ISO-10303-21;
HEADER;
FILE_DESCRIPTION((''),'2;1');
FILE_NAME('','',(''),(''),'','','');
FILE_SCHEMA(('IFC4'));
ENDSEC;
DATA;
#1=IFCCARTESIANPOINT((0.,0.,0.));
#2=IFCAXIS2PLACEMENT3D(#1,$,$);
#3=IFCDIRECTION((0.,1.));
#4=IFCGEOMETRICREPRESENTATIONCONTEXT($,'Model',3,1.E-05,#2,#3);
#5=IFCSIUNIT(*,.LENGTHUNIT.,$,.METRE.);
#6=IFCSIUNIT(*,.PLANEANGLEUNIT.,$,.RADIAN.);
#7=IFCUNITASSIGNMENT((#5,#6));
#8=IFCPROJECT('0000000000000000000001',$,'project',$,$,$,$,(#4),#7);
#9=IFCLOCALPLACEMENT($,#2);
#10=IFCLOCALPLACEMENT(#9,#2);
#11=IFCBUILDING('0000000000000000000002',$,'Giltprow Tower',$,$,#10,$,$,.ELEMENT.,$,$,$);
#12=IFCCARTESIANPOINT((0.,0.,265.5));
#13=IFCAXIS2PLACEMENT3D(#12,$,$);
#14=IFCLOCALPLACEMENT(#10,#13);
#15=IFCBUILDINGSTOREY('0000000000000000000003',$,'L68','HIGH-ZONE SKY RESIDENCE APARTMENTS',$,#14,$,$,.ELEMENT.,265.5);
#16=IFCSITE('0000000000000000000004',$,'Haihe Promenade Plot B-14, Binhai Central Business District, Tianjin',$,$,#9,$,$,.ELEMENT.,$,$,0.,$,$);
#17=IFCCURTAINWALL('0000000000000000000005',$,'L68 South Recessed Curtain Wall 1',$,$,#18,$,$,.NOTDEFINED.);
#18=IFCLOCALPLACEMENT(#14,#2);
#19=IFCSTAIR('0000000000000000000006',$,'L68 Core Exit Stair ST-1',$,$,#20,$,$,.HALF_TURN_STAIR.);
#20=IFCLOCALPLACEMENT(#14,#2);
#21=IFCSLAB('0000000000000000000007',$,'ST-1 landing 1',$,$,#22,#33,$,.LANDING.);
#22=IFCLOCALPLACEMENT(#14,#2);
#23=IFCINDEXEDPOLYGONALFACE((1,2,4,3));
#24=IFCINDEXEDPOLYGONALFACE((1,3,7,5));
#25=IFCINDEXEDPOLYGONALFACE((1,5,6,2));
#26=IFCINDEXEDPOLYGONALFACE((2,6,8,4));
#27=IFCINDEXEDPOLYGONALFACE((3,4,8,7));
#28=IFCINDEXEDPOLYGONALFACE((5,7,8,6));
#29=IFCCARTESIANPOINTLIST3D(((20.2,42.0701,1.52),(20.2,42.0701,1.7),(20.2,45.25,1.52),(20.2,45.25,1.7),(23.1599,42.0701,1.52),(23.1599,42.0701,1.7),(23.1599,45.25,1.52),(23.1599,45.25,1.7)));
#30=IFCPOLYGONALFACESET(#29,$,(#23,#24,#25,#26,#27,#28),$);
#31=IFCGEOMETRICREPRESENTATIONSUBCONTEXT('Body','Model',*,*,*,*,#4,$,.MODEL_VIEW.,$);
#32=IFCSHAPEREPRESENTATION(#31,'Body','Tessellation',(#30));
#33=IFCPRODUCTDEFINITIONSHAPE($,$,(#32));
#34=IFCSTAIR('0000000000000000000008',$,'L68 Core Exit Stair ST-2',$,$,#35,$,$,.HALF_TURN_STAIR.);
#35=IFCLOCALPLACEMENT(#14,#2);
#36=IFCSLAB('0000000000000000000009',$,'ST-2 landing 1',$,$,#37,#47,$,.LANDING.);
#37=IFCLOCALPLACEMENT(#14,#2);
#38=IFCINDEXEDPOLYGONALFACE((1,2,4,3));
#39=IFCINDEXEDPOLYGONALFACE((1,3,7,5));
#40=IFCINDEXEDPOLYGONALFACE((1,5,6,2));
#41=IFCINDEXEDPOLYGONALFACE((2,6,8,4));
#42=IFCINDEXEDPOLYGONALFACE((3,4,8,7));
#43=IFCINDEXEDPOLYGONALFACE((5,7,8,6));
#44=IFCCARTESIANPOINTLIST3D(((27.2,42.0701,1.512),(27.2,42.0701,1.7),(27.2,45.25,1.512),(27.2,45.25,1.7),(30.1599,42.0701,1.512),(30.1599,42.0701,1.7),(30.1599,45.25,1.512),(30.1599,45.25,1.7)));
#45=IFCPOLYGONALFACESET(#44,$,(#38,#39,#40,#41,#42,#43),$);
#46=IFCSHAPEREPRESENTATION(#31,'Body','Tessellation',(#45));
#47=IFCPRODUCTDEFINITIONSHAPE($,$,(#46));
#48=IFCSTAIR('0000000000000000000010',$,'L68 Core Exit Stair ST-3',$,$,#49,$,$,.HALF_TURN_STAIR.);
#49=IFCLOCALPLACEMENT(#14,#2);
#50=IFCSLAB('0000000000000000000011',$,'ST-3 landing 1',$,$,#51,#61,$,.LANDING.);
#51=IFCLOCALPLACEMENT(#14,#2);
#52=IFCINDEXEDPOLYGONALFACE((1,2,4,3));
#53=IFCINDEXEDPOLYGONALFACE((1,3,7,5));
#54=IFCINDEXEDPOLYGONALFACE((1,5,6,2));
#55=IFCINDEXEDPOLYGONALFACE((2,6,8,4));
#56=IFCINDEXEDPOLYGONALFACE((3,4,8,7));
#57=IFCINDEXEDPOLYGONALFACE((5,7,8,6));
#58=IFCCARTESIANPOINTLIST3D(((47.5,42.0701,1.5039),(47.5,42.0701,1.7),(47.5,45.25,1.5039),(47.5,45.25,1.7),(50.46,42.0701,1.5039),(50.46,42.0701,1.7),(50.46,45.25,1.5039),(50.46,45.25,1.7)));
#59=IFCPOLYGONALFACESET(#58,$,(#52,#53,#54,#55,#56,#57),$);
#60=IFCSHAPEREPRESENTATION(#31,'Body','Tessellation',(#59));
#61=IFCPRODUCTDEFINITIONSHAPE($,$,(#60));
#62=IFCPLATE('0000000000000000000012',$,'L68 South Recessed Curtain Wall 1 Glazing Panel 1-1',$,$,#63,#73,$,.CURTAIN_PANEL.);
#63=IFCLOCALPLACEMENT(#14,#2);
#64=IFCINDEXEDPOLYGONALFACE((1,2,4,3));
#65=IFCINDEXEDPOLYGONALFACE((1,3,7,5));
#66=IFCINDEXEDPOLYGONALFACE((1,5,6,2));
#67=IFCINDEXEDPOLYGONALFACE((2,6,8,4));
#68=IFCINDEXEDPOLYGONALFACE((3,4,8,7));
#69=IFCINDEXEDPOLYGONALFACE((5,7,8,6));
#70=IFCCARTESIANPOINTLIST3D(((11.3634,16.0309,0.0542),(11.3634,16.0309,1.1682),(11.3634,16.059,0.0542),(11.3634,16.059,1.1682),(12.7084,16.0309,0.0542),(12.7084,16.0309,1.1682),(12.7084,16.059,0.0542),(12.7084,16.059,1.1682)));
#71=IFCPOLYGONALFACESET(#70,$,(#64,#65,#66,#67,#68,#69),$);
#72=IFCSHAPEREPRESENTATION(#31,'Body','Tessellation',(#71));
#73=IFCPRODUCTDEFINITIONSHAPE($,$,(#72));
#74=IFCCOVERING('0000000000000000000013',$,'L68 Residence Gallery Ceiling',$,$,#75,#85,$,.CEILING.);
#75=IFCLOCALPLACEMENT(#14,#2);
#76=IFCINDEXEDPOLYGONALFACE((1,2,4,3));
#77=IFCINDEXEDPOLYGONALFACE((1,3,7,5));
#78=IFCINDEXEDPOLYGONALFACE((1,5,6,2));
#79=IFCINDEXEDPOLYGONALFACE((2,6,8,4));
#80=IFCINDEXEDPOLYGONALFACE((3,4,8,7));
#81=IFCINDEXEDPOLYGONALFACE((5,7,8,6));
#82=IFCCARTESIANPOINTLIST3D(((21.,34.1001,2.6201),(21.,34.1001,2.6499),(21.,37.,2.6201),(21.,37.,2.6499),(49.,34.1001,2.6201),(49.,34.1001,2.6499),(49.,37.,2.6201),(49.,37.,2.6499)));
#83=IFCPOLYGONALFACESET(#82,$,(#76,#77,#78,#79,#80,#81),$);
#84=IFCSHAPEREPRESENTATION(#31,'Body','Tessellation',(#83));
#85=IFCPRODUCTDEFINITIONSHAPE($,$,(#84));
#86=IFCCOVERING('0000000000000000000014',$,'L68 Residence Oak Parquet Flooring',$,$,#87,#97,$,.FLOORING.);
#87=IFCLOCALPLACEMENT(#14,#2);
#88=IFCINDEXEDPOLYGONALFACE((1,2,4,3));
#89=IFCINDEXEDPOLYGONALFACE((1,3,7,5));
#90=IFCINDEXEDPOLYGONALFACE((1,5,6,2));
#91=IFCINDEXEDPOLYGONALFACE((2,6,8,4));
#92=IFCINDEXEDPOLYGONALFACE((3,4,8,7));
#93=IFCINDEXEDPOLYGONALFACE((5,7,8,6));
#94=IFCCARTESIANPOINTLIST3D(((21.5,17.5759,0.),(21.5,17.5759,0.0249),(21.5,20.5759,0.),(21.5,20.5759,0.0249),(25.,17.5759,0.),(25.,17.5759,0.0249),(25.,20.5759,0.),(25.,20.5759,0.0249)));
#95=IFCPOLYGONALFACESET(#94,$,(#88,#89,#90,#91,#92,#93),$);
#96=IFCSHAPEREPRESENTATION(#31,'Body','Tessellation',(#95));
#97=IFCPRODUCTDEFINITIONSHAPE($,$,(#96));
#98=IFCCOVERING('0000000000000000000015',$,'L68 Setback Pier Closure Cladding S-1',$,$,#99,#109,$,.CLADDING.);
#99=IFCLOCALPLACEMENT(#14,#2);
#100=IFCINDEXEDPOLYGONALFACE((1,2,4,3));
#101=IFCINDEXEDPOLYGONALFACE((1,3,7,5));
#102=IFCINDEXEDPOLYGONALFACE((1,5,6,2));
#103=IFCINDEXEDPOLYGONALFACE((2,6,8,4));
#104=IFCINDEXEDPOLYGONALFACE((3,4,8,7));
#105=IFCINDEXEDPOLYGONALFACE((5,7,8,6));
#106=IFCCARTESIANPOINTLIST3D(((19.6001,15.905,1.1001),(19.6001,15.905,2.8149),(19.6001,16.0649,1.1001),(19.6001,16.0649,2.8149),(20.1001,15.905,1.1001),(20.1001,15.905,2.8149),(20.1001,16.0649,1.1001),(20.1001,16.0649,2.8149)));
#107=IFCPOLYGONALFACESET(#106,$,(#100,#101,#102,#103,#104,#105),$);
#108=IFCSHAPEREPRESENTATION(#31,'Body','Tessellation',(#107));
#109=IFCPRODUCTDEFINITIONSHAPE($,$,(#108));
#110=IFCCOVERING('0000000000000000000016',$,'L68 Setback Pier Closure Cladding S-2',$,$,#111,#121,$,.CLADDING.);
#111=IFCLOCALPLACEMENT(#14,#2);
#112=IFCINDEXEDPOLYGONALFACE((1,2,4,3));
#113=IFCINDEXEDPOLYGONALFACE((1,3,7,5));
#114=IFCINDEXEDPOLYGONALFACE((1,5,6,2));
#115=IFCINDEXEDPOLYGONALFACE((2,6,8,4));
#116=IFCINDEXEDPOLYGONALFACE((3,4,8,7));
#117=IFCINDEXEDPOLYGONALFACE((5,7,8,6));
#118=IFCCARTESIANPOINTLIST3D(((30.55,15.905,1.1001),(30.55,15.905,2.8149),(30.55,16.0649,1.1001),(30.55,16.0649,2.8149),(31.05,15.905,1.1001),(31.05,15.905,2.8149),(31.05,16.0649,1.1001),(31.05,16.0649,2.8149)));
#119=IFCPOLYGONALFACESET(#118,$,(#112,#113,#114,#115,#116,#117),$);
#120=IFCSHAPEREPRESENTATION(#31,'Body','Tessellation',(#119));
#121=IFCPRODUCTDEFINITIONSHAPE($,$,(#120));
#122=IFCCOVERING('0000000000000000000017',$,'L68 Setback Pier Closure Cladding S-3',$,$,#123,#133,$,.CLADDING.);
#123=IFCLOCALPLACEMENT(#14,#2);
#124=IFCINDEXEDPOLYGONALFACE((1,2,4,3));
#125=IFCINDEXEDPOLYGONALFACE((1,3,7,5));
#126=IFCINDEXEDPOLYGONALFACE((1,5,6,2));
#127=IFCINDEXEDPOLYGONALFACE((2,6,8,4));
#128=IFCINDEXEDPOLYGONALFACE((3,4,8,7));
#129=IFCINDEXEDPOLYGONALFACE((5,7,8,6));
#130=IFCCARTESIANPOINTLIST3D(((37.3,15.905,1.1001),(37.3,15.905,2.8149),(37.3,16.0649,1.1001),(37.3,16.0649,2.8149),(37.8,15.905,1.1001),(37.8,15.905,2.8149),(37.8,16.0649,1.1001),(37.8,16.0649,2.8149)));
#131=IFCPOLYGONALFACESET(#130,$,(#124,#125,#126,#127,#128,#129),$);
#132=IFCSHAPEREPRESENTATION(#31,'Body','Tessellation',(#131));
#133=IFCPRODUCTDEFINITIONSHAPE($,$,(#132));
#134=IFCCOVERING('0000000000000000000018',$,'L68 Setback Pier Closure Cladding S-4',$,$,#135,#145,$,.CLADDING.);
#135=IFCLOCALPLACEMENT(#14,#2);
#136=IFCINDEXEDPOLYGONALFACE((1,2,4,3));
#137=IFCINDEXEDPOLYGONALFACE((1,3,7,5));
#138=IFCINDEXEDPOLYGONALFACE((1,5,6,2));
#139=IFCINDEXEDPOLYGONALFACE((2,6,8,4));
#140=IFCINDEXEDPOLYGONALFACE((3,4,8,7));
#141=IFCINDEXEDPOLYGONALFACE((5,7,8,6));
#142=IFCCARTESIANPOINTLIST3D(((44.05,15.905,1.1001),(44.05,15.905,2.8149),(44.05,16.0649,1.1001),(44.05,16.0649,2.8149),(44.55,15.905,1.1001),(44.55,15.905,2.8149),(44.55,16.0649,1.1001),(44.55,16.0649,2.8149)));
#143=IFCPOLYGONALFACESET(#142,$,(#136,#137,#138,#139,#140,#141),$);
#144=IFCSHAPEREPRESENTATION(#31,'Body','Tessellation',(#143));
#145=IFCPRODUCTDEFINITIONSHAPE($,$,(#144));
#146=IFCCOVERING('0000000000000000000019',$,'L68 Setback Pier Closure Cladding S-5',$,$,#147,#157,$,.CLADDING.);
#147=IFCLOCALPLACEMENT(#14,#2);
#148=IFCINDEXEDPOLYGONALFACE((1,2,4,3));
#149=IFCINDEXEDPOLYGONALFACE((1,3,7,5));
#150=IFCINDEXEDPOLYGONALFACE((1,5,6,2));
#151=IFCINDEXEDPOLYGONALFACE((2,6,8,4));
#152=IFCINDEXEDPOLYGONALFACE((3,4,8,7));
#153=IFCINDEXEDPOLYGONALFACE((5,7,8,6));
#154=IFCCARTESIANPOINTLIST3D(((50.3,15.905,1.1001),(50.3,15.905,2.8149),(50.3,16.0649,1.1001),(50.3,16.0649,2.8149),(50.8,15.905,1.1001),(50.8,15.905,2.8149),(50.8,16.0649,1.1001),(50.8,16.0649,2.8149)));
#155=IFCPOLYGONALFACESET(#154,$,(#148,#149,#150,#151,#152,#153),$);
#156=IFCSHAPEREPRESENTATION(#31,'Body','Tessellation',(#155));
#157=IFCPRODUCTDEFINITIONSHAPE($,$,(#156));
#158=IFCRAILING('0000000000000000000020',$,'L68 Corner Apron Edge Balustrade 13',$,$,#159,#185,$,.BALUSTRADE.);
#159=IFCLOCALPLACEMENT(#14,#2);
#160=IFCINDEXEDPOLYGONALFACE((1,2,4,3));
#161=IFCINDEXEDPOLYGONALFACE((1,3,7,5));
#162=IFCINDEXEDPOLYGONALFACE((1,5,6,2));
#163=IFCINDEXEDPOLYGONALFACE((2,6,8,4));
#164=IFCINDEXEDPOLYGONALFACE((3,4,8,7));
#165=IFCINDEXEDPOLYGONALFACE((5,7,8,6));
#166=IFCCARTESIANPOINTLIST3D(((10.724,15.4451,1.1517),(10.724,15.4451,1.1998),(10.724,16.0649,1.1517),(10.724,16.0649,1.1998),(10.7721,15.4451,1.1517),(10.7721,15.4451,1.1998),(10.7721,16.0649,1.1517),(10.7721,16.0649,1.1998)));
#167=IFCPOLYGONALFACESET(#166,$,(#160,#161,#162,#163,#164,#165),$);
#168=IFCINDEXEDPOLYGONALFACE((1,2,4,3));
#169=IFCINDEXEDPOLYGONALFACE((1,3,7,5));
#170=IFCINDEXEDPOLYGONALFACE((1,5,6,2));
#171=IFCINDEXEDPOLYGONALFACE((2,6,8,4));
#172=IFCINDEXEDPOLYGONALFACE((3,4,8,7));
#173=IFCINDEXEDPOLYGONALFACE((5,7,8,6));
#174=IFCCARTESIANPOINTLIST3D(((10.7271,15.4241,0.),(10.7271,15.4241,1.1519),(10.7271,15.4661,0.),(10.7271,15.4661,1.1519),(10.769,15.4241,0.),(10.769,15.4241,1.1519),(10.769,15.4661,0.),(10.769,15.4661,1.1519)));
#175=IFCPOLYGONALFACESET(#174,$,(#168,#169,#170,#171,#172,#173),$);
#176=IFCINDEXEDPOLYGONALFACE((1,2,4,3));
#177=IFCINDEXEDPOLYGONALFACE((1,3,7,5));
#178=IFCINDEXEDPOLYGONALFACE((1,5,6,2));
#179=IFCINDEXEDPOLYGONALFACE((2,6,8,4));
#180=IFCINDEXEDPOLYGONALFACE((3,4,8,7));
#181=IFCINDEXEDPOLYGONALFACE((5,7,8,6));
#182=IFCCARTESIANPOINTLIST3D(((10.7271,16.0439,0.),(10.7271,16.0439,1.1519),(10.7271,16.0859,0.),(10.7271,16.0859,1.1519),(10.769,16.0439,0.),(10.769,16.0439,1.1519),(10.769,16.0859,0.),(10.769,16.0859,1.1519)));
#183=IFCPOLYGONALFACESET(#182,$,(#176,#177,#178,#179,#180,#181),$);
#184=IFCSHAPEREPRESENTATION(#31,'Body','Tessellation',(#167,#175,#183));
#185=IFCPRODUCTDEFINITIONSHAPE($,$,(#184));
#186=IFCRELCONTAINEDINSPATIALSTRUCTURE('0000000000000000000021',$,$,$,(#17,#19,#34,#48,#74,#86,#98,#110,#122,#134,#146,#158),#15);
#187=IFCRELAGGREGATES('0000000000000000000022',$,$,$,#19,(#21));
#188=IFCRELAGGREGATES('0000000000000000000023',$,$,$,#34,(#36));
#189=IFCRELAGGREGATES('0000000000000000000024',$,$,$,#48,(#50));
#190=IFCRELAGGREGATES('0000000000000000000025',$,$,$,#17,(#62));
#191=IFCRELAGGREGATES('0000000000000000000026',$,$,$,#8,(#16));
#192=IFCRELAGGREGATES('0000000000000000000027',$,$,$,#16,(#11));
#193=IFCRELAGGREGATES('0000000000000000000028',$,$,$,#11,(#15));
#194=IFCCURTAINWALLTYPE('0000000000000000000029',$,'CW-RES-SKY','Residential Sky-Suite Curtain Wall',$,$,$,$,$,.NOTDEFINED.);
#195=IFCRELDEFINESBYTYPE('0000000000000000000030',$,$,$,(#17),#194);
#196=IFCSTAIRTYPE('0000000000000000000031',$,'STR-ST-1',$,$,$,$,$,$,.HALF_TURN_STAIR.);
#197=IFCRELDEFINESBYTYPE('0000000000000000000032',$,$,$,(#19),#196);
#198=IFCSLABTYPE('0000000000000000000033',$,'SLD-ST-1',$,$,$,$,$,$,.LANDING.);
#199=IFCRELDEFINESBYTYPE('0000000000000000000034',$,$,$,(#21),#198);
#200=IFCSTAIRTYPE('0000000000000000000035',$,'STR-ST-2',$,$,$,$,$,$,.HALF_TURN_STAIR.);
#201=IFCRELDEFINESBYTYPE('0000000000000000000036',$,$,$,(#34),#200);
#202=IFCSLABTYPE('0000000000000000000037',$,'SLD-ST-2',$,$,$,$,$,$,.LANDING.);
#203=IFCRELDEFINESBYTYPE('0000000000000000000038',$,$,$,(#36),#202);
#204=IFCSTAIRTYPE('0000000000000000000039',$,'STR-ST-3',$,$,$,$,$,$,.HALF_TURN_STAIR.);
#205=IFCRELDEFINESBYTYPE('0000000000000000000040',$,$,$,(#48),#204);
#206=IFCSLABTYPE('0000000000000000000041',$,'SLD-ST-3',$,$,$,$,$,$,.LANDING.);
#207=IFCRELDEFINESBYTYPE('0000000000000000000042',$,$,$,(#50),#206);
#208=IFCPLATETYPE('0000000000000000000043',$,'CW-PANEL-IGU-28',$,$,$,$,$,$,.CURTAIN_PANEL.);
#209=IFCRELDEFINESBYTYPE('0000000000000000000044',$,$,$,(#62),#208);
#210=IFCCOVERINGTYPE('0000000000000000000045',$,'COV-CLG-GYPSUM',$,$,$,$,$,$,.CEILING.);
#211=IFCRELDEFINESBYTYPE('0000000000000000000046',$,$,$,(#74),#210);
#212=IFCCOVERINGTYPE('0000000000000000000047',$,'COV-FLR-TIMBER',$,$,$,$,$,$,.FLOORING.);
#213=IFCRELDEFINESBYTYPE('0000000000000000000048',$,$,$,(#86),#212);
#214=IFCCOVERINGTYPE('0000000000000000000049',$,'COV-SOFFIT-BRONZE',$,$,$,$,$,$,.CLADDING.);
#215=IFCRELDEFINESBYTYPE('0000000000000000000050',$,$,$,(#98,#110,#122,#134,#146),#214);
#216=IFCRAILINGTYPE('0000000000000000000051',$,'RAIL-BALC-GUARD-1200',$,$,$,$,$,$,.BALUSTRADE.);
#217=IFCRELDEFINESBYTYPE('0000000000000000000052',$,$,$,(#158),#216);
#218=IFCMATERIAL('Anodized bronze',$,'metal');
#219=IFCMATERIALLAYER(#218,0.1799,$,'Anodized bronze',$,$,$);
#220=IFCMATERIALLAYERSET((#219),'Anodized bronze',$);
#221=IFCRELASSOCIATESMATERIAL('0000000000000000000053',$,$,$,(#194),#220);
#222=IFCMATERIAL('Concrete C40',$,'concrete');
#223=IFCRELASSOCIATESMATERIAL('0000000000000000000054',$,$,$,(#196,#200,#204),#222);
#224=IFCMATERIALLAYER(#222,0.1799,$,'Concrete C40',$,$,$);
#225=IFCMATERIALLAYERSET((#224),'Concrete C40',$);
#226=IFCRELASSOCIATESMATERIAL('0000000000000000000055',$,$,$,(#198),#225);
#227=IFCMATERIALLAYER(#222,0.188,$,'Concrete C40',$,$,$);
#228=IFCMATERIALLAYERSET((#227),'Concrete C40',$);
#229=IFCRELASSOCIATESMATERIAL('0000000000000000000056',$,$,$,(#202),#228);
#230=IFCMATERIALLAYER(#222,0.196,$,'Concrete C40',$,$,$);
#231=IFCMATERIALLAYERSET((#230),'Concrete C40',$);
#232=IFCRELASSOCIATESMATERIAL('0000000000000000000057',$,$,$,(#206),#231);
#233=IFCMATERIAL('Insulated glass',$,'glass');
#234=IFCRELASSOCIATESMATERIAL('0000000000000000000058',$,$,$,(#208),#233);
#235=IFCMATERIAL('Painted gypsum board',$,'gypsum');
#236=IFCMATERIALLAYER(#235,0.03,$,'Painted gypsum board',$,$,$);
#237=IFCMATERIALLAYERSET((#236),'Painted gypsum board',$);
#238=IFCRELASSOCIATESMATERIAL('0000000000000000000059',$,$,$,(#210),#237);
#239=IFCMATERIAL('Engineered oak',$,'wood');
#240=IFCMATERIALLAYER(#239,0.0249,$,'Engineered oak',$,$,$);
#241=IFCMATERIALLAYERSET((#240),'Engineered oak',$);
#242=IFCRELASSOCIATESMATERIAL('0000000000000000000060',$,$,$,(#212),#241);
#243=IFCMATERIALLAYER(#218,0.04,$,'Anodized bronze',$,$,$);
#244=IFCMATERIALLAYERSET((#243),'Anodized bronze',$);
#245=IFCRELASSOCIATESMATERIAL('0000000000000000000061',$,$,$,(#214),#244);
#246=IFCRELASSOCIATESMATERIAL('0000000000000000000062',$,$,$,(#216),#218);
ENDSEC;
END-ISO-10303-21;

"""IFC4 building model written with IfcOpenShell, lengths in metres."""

from ifc_helpers import new_model, si_unit, direction, frame, origin, origin_2d, place, context, subcontext, project, spatial, polyline, rectangle, outline, extrude, source, transform, mapped, material, layer, layer_set, type_object, element, aggregate, save


model = new_model("IFC4")

# Units and contexts
model_context = context("Model", 3, precision=1e-05, world=origin(), true_north=direction((0.0, 1.0)))
body_context = subcontext(model_context, "Body", "Model", "MODEL_VIEW")
ifc_project = project(units=[si_unit("LENGTHUNIT", "METRE"), si_unit("PLANEANGLEUNIT", "RADIAN")], contexts=[model_context])

# Site, building, storey
site_placement = place(None, origin())
site = spatial("IfcSite", under=ifc_project, at=site_placement, Name="Haihe Promenade Plot B-14, Binhai Central Business District, Tianjin", CompositionType="ELEMENT", RefElevation=0.0)
building_placement = place(site_placement, origin())
building = spatial("IfcBuilding", under=site, at=building_placement, Name="Giltprow Tower", CompositionType="ELEMENT")
storey_placement = place(building_placement, frame((0.0, 0.0, 265.5)))
storey = spatial("IfcBuildingStorey", under=building, at=storey_placement, Name="L68", Description="HIGH-ZONE SKY RESIDENCE APARTMENTS", CompositionType="ELEMENT", Elevation=265.5)

# Curtain wall
ifc_material_1 = material(Name="Anodized bronze", Category="metal")
ifc_layer_1 = layer(ifc_material_1, 0.1799, Name="Anodized bronze")
ifc_layer_set_1 = layer_set([ifc_layer_1], Name="Anodized bronze")
curtain_wall_type = type_object("IfcCurtainWallType", Name="CW-RES-SKY", Description="Residential Sky-Suite Curtain Wall", PredefinedType="NOTDEFINED", material=ifc_layer_set_1)
curtain_wall_placement = place(storey_placement, origin())
curtain_wall = element("IfcCurtainWall", 1, at=curtain_wall_placement, inside=storey, type_object=curtain_wall_type, Name="L68 South Recessed Curtain Wall 1", PredefinedType="NOTDEFINED")

# Shared definitions
ifc_material_2 = material(Name="Concrete C40", Category="concrete")

# Stairs, slabs
stair_type_1 = type_object("IfcStairType", Name="STR-ST-1", PredefinedType="HALF_TURN_STAIR", material=ifc_material_2)
stair_1_placement = place(storey_placement, origin())
stair_1 = element("IfcStair", 2, at=stair_1_placement, inside=storey, type_object=stair_type_1, Name="L68 Core Exit Stair ST-1", PredefinedType="HALF_TURN_STAIR")
ifc_layer_2 = layer(ifc_material_2, 0.1799, Name="Concrete C40")
ifc_layer_set_2 = layer_set([ifc_layer_2], Name="Concrete C40")
slab_type_1 = type_object("IfcSlabType", Name="SLD-ST-1", PredefinedType="LANDING", material=ifc_layer_set_2)
slab_1_placement = place(storey_placement, frame((0.0, 0.0, 1.52)))
slab_1 = element("IfcSlab", 3, at=slab_1_placement, type_object=slab_type_1, Name="ST-1 landing 1", PredefinedType="LANDING", context=body_context, shape_type="SweptSolid", body=[
    extrude(outline(polyline([(23.1599, 42.0701), (23.1599, 45.25), (20.2, 45.25), (20.2, 42.0701), (23.1599, 42.0701)])), origin(), (0.0, 0.0, 1.0), 0.1799),
])
aggregate(stair_1, [slab_1])
stair_type_2 = type_object("IfcStairType", Name="STR-ST-2", PredefinedType="HALF_TURN_STAIR", material=ifc_material_2)
stair_2_placement = place(storey_placement, origin())
stair_2 = element("IfcStair", 4, at=stair_2_placement, inside=storey, type_object=stair_type_2, Name="L68 Core Exit Stair ST-2", PredefinedType="HALF_TURN_STAIR")
ifc_layer_3 = layer(ifc_material_2, 0.188, Name="Concrete C40")
ifc_layer_set_3 = layer_set([ifc_layer_3], Name="Concrete C40")
slab_type_2 = type_object("IfcSlabType", Name="SLD-ST-2", PredefinedType="LANDING", material=ifc_layer_set_3)
slab_2_placement = place(storey_placement, frame((0.0, 0.0, 1.512)))
slab_2 = element("IfcSlab", 5, at=slab_2_placement, type_object=slab_type_2, Name="ST-2 landing 1", PredefinedType="LANDING", context=body_context, shape_type="SweptSolid", body=[
    extrude(outline(polyline([(30.1599, 42.0701), (30.1599, 45.25), (27.2, 45.25), (27.2, 42.0701), (30.1599, 42.0701)])), origin(), (0.0, 0.0, 1.0), 0.188),
])
aggregate(stair_2, [slab_2])
stair_type_3 = type_object("IfcStairType", Name="STR-ST-3", PredefinedType="HALF_TURN_STAIR", material=ifc_material_2)
stair_3_placement = place(storey_placement, origin())
stair_3 = element("IfcStair", 6, at=stair_3_placement, inside=storey, type_object=stair_type_3, Name="L68 Core Exit Stair ST-3", PredefinedType="HALF_TURN_STAIR")
ifc_layer_4 = layer(ifc_material_2, 0.196, Name="Concrete C40")
ifc_layer_set_4 = layer_set([ifc_layer_4], Name="Concrete C40")
slab_type_3 = type_object("IfcSlabType", Name="SLD-ST-3", PredefinedType="LANDING", material=ifc_layer_set_4)
slab_3_placement = place(storey_placement, frame((0.0, 0.0, 1.5039)))
slab_3 = element("IfcSlab", 7, at=slab_3_placement, type_object=slab_type_3, Name="ST-3 landing 1", PredefinedType="LANDING", context=body_context, shape_type="SweptSolid", body=[
    extrude(outline(polyline([(50.46, 42.0701), (50.46, 45.25), (47.5, 45.25), (47.5, 42.0701), (50.46, 42.0701)])), origin(), (0.0, 0.0, 1.0), 0.196),
])
aggregate(stair_3, [slab_3])

# Plate
ifc_material_3 = material(Name="Insulated glass", Category="glass")
plate_type = type_object("IfcPlateType", Name="CW-PANEL-IGU-28", PredefinedType="CURTAIN_PANEL", material=ifc_material_3)
shared_shape_1 = source(origin(), body_context, "Body", "SweptSolid", [
    extrude(rectangle(XDim=1.345, YDim=0.0281, at=origin_2d()), origin(), (0.0, 0.0, 1.0), 1.114),
])
plate_placement = place(storey_placement, frame((12.0359, 16.0449, 0.0542), z_axis=(0.0, 0.0, 1.0), x_axis=(1.0, 0.0, 0.0)))
plate = element("IfcPlate", 8, at=plate_placement, type_object=plate_type, Name="L68 South Recessed Curtain Wall 1 Glazing Panel 1-1", PredefinedType="CURTAIN_PANEL", context=body_context, shape_type="MappedRepresentation", body=[
    mapped(shared_shape_1, transform((0.0, 0.0, 0.0), x_axis=(1.0, 0.0, 0.0), y_axis=(0.0, 1.0, 0.0), z_axis=(0.0, 0.0, 1.0), scale=1.0)),
])
aggregate(curtain_wall, [plate])

# Coverings
ifc_material_4 = material(Name="Painted gypsum board", Category="gypsum")
ifc_layer_5 = layer(ifc_material_4, 0.03, Name="Painted gypsum board")
ifc_layer_set_5 = layer_set([ifc_layer_5], Name="Painted gypsum board")
covering_type_1 = type_object("IfcCoveringType", Name="COV-CLG-GYPSUM", PredefinedType="CEILING", material=ifc_layer_set_5)
covering_1_placement = place(storey_placement, frame((0.0, 0.0, 2.6201)))
element("IfcCovering", 9, at=covering_1_placement, inside=storey, type_object=covering_type_1, Name="L68 Residence Gallery Ceiling", PredefinedType="CEILING", context=body_context, shape_type="SweptSolid", body=[
    extrude(outline(polyline([(21.0, 34.1001), (49.0, 34.1001), (49.0, 37.0), (21.0, 37.0), (21.0, 34.1001)])), origin(), (0.0, 0.0, 1.0), 0.0298),
])
ifc_material_5 = material(Name="Engineered oak", Category="wood")
ifc_layer_6 = layer(ifc_material_5, 0.0249, Name="Engineered oak")
ifc_layer_set_6 = layer_set([ifc_layer_6], Name="Engineered oak")
covering_type_2 = type_object("IfcCoveringType", Name="COV-FLR-TIMBER", PredefinedType="FLOORING", material=ifc_layer_set_6)
covering_2_placement = place(storey_placement, origin())
element("IfcCovering", 10, at=covering_2_placement, inside=storey, type_object=covering_type_2, Name="L68 Residence Oak Parquet Flooring", PredefinedType="FLOORING", context=body_context, shape_type="SweptSolid", body=[
    extrude(outline(polyline([(21.5, 17.5759), (25.0, 17.5759), (25.0, 20.5759), (21.5, 20.5759), (21.5, 17.5759)])), origin(), (0.0, 0.0, 1.0), 0.0249),
])
ifc_layer_7 = layer(ifc_material_1, 0.04, Name="Anodized bronze")
ifc_layer_set_7 = layer_set([ifc_layer_7], Name="Anodized bronze")
covering_type_3 = type_object("IfcCoveringType", Name="COV-SOFFIT-BRONZE", PredefinedType="CLADDING", material=ifc_layer_set_7)
covering_3_placement = place(storey_placement, frame((0.0, 0.0, 1.1001)))
element("IfcCovering", 11, at=covering_3_placement, inside=storey, type_object=covering_type_3, Name="L68 Setback Pier Closure Cladding S-1", PredefinedType="CLADDING", context=body_context, shape_type="SweptSolid", body=[
    extrude(outline(polyline([(19.6001, 15.905), (20.1001, 15.905), (20.1001, 16.0649), (19.6001, 16.0649), (19.6001, 15.905)])), origin(), (0.0, 0.0, 1.0), 1.7148),
])
covering_4_placement = place(storey_placement, frame((0.0, 0.0, 1.1001)))
element("IfcCovering", 12, at=covering_4_placement, inside=storey, type_object=covering_type_3, Name="L68 Setback Pier Closure Cladding S-2", PredefinedType="CLADDING", context=body_context, shape_type="SweptSolid", body=[
    extrude(outline(polyline([(30.55, 15.905), (31.05, 15.905), (31.05, 16.0649), (30.55, 16.0649), (30.55, 15.905)])), origin(), (0.0, 0.0, 1.0), 1.7148),
])
covering_5_placement = place(storey_placement, frame((0.0, 0.0, 1.1001)))
element("IfcCovering", 13, at=covering_5_placement, inside=storey, type_object=covering_type_3, Name="L68 Setback Pier Closure Cladding S-3", PredefinedType="CLADDING", context=body_context, shape_type="SweptSolid", body=[
    extrude(outline(polyline([(37.3, 15.905), (37.8, 15.905), (37.8, 16.0649), (37.3, 16.0649), (37.3, 15.905)])), origin(), (0.0, 0.0, 1.0), 1.7148),
])
covering_6_placement = place(storey_placement, frame((0.0, 0.0, 1.1001)))
element("IfcCovering", 14, at=covering_6_placement, inside=storey, type_object=covering_type_3, Name="L68 Setback Pier Closure Cladding S-4", PredefinedType="CLADDING", context=body_context, shape_type="SweptSolid", body=[
    extrude(outline(polyline([(44.05, 15.905), (44.55, 15.905), (44.55, 16.0649), (44.05, 16.0649), (44.05, 15.905)])), origin(), (0.0, 0.0, 1.0), 1.7148),
])
covering_7_placement = place(storey_placement, frame((0.0, 0.0, 1.1001)))
element("IfcCovering", 15, at=covering_7_placement, inside=storey, type_object=covering_type_3, Name="L68 Setback Pier Closure Cladding S-5", PredefinedType="CLADDING", context=body_context, shape_type="SweptSolid", body=[
    extrude(outline(polyline([(50.3, 15.905), (50.8, 15.905), (50.8, 16.0649), (50.3, 16.0649), (50.3, 15.905)])), origin(), (0.0, 0.0, 1.0), 1.7148),
])

# Railing
railing_type = type_object("IfcRailingType", Name="RAIL-BALC-GUARD-1200", PredefinedType="BALUSTRADE", material=ifc_material_1)
railing_placement = place(storey_placement, frame((10.748, 15.4451, 0.0)))
element("IfcRailing", 16, at=railing_placement, inside=storey, type_object=railing_type, Name="L68 Corner Apron Edge Balustrade 13", PredefinedType="BALUSTRADE", context=body_context, shape_type="SweptSolid", body=[
    extrude(rectangle(XDim=0.0481, YDim=0.0481, at=origin_2d()), frame((0.0, 0.0, 1.1758), z_axis=(0.0, 1.0, 0.0), x_axis=(-1.0, 0.0, 0.0)), (0.0, 0.0, 1.0), 0.6199),
    extrude(rectangle(XDim=0.042, YDim=0.042, at=origin_2d()), origin(), (0.0, 0.0, 1.0), 1.1519),
    extrude(rectangle(XDim=0.042, YDim=0.042, at=origin_2d()), frame((0.0, 0.6199, 0.0)), (0.0, 0.0, 1.0), 1.1519),
])

save(model, "model.ifc")
